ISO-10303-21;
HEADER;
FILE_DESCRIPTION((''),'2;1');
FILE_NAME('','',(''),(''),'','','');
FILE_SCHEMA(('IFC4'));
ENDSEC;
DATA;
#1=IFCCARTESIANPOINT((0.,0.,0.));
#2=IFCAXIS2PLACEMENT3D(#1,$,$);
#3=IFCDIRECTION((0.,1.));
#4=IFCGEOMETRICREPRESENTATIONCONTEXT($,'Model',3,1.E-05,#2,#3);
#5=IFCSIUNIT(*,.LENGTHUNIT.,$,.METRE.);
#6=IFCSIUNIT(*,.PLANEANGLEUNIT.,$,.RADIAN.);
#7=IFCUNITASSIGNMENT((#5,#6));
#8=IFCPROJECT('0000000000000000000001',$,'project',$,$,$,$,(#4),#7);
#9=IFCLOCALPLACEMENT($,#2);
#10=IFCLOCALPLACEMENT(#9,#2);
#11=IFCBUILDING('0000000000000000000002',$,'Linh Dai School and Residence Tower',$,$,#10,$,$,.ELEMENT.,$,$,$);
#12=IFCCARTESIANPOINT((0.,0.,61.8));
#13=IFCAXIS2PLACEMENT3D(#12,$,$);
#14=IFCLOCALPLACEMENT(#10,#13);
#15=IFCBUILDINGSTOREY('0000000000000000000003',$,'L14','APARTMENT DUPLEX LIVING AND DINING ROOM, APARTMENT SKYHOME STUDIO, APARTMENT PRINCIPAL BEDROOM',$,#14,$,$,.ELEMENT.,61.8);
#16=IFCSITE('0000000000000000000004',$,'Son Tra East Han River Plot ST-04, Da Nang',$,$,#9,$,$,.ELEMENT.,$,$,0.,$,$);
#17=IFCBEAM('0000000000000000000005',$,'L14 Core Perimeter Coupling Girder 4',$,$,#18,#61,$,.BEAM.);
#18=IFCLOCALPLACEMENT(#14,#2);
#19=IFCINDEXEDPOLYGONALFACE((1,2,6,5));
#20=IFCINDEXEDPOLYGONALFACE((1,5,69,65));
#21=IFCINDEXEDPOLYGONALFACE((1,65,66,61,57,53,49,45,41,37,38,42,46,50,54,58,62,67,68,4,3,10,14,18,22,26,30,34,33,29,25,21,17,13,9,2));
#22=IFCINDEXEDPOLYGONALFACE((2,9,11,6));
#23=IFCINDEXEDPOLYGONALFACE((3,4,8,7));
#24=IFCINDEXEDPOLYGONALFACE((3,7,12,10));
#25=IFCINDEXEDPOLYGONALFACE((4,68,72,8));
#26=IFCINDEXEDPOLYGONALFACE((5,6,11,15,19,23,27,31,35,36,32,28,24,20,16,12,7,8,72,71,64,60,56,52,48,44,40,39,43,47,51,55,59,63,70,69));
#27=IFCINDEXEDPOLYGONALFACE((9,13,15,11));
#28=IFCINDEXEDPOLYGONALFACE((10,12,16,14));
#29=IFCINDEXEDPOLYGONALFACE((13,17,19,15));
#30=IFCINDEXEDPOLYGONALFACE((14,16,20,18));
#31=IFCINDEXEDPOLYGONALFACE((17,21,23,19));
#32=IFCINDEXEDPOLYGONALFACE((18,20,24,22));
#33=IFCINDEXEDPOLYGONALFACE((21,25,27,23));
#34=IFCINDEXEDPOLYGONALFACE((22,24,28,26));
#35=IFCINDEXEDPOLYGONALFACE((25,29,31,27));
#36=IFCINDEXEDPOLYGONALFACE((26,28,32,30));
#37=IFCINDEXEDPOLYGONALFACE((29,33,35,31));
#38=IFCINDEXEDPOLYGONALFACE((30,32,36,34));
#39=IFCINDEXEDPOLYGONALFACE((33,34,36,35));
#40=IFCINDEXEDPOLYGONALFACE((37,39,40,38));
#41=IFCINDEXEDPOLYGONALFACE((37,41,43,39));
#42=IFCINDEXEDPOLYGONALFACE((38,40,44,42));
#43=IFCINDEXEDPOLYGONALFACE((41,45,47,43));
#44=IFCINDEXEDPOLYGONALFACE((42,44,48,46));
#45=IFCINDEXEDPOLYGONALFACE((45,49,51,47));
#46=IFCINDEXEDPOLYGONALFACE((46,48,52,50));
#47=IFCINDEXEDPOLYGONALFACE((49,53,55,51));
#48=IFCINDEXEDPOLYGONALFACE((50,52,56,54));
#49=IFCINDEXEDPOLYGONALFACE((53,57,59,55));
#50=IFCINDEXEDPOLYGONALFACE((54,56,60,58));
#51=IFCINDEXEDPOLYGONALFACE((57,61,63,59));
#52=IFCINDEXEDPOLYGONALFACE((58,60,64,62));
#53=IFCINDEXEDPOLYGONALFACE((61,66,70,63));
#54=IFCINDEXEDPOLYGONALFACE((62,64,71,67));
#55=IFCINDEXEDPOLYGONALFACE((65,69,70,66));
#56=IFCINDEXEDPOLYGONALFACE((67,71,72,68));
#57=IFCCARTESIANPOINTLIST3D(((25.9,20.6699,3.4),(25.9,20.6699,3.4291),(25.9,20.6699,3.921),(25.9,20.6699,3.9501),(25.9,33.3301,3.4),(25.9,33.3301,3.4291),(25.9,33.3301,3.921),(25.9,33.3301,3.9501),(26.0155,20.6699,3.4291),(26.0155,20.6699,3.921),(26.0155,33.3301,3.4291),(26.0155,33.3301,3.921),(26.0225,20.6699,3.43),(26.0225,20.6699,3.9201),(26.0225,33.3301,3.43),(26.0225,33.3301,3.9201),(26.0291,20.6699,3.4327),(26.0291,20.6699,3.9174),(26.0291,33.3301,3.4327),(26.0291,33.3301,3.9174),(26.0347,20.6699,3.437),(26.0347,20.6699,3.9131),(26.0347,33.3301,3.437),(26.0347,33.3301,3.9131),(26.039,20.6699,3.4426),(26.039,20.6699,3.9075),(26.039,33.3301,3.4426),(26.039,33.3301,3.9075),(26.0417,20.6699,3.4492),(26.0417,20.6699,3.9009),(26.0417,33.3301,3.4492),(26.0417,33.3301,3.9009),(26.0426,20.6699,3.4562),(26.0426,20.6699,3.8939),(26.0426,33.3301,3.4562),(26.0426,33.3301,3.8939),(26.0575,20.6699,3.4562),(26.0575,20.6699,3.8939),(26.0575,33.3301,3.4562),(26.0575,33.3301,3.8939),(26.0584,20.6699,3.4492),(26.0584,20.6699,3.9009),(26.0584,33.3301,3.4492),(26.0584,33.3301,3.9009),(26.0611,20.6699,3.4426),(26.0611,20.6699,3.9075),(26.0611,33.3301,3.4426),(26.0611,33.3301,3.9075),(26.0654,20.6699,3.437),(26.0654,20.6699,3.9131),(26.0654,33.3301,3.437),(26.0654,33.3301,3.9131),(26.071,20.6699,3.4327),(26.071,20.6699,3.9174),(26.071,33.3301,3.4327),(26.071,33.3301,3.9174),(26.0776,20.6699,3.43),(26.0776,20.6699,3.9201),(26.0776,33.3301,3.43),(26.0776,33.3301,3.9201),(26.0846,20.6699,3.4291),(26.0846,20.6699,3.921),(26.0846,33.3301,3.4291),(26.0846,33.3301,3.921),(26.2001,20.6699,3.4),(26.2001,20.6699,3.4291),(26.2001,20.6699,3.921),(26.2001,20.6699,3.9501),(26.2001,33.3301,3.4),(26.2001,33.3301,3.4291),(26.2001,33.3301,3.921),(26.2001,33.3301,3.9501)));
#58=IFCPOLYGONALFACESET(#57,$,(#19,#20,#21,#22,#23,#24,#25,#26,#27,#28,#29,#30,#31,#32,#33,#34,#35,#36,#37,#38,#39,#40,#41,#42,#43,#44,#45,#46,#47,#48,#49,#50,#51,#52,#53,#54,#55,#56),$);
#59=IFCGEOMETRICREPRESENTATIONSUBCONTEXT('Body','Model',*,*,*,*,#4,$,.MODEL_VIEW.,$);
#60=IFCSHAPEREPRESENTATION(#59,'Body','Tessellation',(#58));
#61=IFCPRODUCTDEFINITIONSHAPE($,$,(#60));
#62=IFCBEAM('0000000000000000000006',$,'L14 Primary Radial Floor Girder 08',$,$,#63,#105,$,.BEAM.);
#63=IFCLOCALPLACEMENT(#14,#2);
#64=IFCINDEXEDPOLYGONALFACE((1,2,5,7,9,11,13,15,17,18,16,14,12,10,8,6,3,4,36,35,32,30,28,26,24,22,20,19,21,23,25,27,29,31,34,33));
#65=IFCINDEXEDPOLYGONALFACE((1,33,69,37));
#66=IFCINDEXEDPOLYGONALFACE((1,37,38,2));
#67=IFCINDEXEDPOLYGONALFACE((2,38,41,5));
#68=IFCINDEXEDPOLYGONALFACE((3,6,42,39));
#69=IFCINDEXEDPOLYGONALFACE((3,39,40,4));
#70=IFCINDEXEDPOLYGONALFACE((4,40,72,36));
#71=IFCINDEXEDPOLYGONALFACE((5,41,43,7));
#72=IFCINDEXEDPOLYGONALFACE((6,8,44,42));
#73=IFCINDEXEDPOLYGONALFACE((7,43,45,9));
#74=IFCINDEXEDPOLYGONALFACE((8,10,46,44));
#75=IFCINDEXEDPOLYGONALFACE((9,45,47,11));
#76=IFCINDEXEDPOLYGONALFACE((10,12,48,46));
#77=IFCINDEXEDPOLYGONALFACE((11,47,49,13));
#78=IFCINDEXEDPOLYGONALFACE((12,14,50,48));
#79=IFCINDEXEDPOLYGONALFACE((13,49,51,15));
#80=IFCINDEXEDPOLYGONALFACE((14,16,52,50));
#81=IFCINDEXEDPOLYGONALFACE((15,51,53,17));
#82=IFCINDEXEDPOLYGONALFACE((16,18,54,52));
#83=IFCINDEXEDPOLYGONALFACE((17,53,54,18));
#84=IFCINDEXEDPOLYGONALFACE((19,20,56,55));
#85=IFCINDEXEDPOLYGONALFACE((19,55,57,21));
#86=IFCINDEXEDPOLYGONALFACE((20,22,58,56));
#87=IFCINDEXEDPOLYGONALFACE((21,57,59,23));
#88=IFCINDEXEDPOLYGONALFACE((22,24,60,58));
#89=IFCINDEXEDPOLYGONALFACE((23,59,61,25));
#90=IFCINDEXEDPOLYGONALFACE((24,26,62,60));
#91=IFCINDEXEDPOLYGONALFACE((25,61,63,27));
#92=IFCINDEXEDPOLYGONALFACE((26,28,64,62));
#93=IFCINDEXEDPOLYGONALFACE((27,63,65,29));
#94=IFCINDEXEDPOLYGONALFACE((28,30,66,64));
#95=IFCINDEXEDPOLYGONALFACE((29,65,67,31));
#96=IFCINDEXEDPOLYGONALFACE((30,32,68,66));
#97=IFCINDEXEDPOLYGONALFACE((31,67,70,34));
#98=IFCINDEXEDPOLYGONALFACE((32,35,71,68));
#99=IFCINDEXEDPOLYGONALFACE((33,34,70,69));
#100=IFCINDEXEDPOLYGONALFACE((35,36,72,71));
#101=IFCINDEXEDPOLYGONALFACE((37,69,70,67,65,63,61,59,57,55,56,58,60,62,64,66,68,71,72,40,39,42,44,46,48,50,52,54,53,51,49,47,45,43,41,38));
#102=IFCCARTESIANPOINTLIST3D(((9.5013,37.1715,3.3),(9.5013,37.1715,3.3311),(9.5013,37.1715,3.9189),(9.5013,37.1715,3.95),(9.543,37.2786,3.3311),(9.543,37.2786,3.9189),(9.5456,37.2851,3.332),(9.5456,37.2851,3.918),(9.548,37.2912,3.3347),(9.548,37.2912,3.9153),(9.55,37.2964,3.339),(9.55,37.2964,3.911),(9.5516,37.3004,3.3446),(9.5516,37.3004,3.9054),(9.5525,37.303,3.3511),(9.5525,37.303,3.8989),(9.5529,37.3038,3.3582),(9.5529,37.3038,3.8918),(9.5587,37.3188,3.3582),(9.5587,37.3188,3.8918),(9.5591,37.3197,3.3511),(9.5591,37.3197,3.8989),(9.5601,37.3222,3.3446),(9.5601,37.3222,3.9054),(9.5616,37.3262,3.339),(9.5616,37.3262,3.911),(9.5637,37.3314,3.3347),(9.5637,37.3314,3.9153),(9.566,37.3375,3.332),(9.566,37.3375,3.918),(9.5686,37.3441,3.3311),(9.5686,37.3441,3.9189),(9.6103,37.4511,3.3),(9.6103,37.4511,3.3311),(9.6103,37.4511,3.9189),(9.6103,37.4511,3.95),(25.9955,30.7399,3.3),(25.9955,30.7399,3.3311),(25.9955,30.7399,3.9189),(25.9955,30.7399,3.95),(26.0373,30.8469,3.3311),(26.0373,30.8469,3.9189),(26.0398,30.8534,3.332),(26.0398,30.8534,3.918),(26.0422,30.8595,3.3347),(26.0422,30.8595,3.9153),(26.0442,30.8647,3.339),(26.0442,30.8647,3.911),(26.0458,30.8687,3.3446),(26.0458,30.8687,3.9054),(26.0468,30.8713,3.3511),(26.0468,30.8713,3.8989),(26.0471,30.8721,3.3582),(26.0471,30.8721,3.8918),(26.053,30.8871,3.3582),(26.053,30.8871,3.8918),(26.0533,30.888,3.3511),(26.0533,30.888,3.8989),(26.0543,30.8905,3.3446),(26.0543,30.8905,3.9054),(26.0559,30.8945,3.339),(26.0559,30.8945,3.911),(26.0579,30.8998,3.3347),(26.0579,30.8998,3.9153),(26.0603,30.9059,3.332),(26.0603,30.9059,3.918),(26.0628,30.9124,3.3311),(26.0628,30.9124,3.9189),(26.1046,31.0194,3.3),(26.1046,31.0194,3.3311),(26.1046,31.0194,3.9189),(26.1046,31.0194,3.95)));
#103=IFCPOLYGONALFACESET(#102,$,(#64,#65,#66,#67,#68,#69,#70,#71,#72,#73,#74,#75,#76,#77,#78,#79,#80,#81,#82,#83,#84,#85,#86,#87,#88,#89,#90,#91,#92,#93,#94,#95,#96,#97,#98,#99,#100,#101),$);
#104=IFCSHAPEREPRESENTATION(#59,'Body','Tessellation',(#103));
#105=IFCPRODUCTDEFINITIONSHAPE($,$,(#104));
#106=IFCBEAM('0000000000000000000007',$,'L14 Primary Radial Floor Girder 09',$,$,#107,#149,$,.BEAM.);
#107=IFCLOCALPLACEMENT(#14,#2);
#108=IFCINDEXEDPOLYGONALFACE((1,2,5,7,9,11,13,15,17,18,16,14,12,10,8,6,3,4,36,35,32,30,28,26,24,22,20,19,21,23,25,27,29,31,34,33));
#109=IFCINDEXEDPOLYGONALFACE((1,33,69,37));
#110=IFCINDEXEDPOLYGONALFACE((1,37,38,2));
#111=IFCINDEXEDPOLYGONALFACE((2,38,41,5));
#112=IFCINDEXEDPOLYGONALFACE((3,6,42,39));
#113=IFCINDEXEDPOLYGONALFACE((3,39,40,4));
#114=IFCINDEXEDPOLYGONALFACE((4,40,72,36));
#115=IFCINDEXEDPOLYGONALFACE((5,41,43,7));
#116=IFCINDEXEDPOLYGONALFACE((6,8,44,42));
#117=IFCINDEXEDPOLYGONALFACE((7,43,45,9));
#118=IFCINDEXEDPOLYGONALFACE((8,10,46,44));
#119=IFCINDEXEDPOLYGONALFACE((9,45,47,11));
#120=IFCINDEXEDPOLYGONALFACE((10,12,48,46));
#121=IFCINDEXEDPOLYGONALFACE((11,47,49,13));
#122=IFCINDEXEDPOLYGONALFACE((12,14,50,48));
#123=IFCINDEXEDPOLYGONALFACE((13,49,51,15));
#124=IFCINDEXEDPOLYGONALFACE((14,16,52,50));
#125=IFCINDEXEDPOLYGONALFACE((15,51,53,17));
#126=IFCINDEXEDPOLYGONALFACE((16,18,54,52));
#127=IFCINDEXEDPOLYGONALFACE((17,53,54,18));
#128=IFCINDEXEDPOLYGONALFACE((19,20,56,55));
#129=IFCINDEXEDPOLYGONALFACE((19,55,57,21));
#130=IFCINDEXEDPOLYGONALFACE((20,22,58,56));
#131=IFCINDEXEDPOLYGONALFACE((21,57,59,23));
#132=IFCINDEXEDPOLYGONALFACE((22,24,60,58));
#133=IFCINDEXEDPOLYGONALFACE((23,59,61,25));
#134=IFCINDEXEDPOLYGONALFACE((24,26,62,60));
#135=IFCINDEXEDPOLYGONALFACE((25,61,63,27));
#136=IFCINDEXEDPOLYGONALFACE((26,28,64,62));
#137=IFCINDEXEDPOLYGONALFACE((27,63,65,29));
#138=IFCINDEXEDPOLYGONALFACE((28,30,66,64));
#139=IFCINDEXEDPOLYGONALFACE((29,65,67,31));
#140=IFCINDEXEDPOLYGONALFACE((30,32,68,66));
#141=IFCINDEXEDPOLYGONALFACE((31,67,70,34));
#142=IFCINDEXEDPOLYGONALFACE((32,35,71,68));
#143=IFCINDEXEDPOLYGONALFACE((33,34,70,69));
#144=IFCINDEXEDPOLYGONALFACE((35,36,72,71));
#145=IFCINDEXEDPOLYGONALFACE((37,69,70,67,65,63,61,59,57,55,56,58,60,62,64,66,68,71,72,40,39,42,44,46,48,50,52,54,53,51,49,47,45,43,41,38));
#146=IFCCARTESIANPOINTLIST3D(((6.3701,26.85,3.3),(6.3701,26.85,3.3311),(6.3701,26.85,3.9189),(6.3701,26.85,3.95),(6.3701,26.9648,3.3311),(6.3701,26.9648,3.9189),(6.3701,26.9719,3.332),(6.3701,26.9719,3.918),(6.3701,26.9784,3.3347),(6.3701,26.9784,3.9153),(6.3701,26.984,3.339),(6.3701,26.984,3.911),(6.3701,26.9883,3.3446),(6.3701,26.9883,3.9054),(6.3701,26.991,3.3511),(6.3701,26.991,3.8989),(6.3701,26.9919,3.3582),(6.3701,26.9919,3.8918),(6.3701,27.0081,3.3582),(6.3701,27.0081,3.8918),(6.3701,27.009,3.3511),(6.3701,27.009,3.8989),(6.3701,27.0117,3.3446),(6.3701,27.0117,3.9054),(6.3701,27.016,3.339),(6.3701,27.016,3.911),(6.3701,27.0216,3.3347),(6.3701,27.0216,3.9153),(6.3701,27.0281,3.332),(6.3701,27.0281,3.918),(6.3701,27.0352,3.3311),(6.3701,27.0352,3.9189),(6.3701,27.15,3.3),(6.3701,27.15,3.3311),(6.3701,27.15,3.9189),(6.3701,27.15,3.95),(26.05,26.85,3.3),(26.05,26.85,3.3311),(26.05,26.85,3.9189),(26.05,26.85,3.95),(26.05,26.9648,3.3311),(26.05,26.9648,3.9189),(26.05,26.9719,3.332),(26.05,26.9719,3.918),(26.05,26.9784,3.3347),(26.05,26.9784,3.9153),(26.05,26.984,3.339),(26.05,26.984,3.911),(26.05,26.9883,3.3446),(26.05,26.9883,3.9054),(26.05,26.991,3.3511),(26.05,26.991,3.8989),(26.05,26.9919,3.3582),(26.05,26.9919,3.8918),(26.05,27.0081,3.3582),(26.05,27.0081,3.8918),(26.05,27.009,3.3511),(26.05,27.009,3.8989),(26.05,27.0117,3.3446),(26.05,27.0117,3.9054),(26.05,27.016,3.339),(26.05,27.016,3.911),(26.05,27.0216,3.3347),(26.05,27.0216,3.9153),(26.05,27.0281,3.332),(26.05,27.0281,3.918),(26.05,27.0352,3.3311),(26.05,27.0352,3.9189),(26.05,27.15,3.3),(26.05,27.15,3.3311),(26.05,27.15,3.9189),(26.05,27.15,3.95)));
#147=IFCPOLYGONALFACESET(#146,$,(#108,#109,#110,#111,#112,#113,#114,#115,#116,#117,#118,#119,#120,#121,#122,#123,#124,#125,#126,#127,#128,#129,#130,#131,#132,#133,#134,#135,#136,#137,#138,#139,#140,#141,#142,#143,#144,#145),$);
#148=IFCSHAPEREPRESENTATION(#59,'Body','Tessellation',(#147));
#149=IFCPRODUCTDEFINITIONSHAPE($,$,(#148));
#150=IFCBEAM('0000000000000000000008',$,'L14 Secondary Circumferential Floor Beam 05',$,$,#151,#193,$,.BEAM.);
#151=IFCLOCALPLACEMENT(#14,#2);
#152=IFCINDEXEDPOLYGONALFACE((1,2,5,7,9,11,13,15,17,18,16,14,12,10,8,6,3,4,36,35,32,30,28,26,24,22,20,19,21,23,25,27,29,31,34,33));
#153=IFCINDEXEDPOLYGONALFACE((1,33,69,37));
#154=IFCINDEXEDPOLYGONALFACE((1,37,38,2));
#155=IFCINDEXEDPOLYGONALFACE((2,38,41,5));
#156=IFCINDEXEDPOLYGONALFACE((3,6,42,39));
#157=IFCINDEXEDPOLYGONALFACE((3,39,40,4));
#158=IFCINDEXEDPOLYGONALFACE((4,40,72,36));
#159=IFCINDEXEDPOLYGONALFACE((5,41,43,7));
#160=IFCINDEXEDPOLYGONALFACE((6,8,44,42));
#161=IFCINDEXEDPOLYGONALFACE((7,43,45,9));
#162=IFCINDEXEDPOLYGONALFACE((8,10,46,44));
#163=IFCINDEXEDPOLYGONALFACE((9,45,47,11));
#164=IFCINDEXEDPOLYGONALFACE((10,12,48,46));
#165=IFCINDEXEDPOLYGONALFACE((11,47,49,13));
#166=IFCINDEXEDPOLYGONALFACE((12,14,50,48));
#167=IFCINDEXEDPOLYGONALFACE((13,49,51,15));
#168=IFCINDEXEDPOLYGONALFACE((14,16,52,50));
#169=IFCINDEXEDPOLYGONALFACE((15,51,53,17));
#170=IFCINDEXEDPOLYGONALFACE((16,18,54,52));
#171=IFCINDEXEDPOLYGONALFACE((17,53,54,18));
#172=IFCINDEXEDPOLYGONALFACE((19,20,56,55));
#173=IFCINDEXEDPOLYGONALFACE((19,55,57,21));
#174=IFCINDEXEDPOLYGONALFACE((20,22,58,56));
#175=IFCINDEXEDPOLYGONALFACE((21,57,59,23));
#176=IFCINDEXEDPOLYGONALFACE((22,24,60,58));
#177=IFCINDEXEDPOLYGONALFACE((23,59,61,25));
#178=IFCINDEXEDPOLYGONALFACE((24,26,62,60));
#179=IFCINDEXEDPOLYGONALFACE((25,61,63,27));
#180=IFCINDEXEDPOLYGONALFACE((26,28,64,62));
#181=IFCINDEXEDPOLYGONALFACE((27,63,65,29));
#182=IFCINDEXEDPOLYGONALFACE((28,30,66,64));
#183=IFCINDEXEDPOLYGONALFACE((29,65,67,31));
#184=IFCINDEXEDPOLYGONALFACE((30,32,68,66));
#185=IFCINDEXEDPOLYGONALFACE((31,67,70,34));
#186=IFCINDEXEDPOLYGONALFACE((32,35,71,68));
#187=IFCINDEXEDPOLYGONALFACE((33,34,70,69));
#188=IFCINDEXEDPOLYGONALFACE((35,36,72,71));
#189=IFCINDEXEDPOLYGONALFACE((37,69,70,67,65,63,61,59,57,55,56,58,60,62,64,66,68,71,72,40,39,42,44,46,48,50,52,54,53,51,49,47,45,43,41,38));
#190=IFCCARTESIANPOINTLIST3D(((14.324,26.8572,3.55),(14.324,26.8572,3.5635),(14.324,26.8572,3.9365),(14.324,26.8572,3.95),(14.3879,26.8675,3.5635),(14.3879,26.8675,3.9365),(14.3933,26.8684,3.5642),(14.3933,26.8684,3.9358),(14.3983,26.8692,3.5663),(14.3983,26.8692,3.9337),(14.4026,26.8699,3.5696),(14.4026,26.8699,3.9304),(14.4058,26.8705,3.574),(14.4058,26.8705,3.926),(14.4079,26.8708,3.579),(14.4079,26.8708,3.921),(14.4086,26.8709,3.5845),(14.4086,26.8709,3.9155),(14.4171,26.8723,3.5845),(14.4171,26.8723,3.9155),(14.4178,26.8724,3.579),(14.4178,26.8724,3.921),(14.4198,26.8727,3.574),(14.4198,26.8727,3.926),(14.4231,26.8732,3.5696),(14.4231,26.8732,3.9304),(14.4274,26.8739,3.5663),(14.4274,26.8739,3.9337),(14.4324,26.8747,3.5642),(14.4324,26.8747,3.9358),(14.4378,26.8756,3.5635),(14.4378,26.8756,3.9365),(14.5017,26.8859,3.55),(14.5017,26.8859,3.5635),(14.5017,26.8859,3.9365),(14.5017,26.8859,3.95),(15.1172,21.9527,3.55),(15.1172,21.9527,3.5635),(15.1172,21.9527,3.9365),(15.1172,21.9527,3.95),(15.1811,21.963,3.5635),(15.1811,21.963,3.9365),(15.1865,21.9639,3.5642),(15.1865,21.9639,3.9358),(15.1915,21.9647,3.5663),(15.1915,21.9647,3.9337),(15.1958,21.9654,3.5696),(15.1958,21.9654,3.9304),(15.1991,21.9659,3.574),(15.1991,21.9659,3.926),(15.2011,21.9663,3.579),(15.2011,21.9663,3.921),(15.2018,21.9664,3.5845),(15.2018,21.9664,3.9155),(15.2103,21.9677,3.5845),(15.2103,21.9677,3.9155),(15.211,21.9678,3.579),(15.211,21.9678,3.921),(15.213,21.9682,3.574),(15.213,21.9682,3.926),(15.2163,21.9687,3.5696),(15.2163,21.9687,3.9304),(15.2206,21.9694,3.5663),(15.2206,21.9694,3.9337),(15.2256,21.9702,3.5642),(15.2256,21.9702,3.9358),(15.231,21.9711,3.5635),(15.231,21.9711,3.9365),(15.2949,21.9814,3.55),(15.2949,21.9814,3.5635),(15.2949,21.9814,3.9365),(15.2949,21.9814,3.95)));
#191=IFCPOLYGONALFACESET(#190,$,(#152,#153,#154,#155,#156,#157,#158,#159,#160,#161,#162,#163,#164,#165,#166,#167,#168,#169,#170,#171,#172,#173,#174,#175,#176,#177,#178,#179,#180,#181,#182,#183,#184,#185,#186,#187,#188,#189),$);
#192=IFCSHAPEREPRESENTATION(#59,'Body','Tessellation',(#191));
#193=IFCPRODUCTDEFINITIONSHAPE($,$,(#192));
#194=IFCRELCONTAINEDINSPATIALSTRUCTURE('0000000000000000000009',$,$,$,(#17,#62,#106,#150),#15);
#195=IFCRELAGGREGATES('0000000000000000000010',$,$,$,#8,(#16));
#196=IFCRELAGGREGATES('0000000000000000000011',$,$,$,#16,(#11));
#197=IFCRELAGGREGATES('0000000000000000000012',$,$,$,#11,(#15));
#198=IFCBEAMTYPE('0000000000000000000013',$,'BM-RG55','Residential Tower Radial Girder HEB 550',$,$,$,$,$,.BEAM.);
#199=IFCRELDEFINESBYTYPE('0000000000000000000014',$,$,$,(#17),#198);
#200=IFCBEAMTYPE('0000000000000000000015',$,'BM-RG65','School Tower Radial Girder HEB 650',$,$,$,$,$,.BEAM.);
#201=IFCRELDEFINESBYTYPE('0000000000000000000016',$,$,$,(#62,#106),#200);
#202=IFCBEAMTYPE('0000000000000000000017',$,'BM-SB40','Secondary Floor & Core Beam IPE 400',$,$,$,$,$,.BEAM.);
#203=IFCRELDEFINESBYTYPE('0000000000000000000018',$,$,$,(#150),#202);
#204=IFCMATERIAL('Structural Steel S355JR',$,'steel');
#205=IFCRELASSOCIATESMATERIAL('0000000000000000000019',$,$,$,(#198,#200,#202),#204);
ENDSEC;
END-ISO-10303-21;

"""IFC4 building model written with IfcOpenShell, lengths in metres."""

from ifc_helpers import new_model, si_unit, direction, frame, origin, origin_2d, place, context, subcontext, project, spatial, i_section, extrude, material, material_profile, profile_set, type_object, element, save


model = new_model("IFC4")

# Units and contexts
model_context = context("Model", 3, precision=1e-05, world=origin(), true_north=direction((0.0, 1.0)))
body_context = subcontext(model_context, "Body", "Model", "MODEL_VIEW")
ifc_project = project(units=[si_unit("LENGTHUNIT", "METRE"), si_unit("PLANEANGLEUNIT", "RADIAN")], contexts=[model_context])

# Site, building, storey
site_placement = place(None, origin())
site = spatial("IfcSite", under=ifc_project, at=site_placement, Name="Son Tra East Han River Plot ST-04, Da Nang", CompositionType="ELEMENT", RefElevation=0.0)
building_placement = place(site_placement, origin())
building = spatial("IfcBuilding", under=site, at=building_placement, Name="Linh Dai School and Residence Tower", CompositionType="ELEMENT")
storey_placement = place(building_placement, frame((0.0, 0.0, 61.8)))
storey = spatial("IfcBuildingStorey", under=building, at=storey_placement, Name="L14", Description="APARTMENT DUPLEX LIVING AND DINING ROOM, APARTMENT SKYHOME STUDIO, APARTMENT PRINCIPAL BEDROOM", CompositionType="ELEMENT", Elevation=61.8)

# Shared definitions
ifc_material_1 = material(Name="Structural Steel S355JR", Category="steel")

# Beams
ifc_material_profile_1 = material_profile(ifc_material_1, i_section(OverallWidth=0.3, OverallDepth=0.55, WebThickness=0.0149, FlangeThickness=0.0291, FilletRadius=0.0271, at=origin_2d()), Name="HEB 550")
ifc_profile_set_1 = profile_set([ifc_material_profile_1], Name="Structural Steel S355JR")
beam_type_1 = type_object("IfcBeamType", Name="BM-RG55", Description="Residential Tower Radial Girder HEB 550", PredefinedType="BEAM", material=ifc_profile_set_1)
beam_1_placement = place(storey_placement, frame((26.05, 33.3301, 3.675), z_axis=(0.0, -1.0, 0.0), x_axis=(1.0, 0.0, 0.0)))
element("IfcBeam", 1, at=beam_1_placement, inside=storey, type_object=beam_type_1, Name="L14 Core Perimeter Coupling Girder 4", PredefinedType="BEAM", context=body_context, shape_type="SweptSolid", body=[
    extrude(i_section(OverallWidth=0.3, OverallDepth=0.55, WebThickness=0.0149, FlangeThickness=0.0291, FilletRadius=0.0271, at=origin_2d()), origin(), (0.0, 0.0, 1.0), 12.6602),
])
ifc_material_profile_2 = material_profile(ifc_material_1, i_section(OverallWidth=0.3, OverallDepth=0.6499, WebThickness=0.0161, FlangeThickness=0.031, FilletRadius=0.0271, at=origin_2d()), Name="HEB 650")
ifc_profile_set_2 = profile_set([ifc_material_profile_2], Name="Structural Steel S355JR")
beam_type_2 = type_object("IfcBeamType", Name="BM-RG65", Description="School Tower Radial Girder HEB 650", PredefinedType="BEAM", material=ifc_profile_set_2)
beam_2_placement = place(storey_placement, frame((26.05, 30.8796, 3.625), z_axis=(-0.931675, 0.363293, 0.0), x_axis=(-0.363293, -0.931675, 0.0)))
element("IfcBeam", 2, at=beam_2_placement, inside=storey, type_object=beam_type_2, Name="L14 Primary Radial Floor Girder 08", PredefinedType="BEAM", context=body_context, shape_type="SweptSolid", body=[
    extrude(i_section(OverallWidth=0.3, OverallDepth=0.6499, WebThickness=0.0161, FlangeThickness=0.031, FilletRadius=0.0271, at=origin_2d()), origin(), (0.0, 0.0, 1.0), 17.7039),
])
beam_3_placement = place(storey_placement, frame((26.05, 27.0, 3.625), z_axis=(-1.0, 0.0, 0.0), x_axis=(0.0, -1.0, 0.0)))
element("IfcBeam", 3, at=beam_3_placement, inside=storey, type_object=beam_type_2, Name="L14 Primary Radial Floor Girder 09", PredefinedType="BEAM", context=body_context, shape_type="SweptSolid", body=[
    extrude(i_section(OverallWidth=0.3, OverallDepth=0.6499, WebThickness=0.0161, FlangeThickness=0.031, FilletRadius=0.0271, at=origin_2d()), origin(), (0.0, 0.0, 1.0), 19.6799),
])
ifc_material_profile_3 = material_profile(ifc_material_1, i_section(OverallWidth=0.1799, OverallDepth=0.3999, WebThickness=0.0085, FlangeThickness=0.0134, FilletRadius=0.021, at=origin_2d()), Name="IPE 400")
ifc_profile_set_3 = profile_set([ifc_material_profile_3], Name="Structural Steel S355JR")
beam_type_3 = type_object("IfcBeamType", Name="BM-SB40", Description="Secondary Floor & Core Beam IPE 400", PredefinedType="BEAM", material=ifc_profile_set_3)
beam_4_placement = place(storey_placement, frame((14.4128, 26.8716, 3.75), z_axis=(0.159656, -0.987173, 0.0), x_axis=(0.987173, 0.159656, 0.0)))
element("IfcBeam", 4, at=beam_4_placement, inside=storey, type_object=beam_type_3, Name="L14 Secondary Circumferential Floor Beam 05", PredefinedType="BEAM", context=body_context, shape_type="SweptSolid", body=[
    extrude(i_section(OverallWidth=0.1799, OverallDepth=0.3999, WebThickness=0.0085, FlangeThickness=0.0134, FilletRadius=0.021, at=origin_2d()), origin(), (0.0, 0.0, 1.0), 4.9683),
])

save(model, "model.ifc")
